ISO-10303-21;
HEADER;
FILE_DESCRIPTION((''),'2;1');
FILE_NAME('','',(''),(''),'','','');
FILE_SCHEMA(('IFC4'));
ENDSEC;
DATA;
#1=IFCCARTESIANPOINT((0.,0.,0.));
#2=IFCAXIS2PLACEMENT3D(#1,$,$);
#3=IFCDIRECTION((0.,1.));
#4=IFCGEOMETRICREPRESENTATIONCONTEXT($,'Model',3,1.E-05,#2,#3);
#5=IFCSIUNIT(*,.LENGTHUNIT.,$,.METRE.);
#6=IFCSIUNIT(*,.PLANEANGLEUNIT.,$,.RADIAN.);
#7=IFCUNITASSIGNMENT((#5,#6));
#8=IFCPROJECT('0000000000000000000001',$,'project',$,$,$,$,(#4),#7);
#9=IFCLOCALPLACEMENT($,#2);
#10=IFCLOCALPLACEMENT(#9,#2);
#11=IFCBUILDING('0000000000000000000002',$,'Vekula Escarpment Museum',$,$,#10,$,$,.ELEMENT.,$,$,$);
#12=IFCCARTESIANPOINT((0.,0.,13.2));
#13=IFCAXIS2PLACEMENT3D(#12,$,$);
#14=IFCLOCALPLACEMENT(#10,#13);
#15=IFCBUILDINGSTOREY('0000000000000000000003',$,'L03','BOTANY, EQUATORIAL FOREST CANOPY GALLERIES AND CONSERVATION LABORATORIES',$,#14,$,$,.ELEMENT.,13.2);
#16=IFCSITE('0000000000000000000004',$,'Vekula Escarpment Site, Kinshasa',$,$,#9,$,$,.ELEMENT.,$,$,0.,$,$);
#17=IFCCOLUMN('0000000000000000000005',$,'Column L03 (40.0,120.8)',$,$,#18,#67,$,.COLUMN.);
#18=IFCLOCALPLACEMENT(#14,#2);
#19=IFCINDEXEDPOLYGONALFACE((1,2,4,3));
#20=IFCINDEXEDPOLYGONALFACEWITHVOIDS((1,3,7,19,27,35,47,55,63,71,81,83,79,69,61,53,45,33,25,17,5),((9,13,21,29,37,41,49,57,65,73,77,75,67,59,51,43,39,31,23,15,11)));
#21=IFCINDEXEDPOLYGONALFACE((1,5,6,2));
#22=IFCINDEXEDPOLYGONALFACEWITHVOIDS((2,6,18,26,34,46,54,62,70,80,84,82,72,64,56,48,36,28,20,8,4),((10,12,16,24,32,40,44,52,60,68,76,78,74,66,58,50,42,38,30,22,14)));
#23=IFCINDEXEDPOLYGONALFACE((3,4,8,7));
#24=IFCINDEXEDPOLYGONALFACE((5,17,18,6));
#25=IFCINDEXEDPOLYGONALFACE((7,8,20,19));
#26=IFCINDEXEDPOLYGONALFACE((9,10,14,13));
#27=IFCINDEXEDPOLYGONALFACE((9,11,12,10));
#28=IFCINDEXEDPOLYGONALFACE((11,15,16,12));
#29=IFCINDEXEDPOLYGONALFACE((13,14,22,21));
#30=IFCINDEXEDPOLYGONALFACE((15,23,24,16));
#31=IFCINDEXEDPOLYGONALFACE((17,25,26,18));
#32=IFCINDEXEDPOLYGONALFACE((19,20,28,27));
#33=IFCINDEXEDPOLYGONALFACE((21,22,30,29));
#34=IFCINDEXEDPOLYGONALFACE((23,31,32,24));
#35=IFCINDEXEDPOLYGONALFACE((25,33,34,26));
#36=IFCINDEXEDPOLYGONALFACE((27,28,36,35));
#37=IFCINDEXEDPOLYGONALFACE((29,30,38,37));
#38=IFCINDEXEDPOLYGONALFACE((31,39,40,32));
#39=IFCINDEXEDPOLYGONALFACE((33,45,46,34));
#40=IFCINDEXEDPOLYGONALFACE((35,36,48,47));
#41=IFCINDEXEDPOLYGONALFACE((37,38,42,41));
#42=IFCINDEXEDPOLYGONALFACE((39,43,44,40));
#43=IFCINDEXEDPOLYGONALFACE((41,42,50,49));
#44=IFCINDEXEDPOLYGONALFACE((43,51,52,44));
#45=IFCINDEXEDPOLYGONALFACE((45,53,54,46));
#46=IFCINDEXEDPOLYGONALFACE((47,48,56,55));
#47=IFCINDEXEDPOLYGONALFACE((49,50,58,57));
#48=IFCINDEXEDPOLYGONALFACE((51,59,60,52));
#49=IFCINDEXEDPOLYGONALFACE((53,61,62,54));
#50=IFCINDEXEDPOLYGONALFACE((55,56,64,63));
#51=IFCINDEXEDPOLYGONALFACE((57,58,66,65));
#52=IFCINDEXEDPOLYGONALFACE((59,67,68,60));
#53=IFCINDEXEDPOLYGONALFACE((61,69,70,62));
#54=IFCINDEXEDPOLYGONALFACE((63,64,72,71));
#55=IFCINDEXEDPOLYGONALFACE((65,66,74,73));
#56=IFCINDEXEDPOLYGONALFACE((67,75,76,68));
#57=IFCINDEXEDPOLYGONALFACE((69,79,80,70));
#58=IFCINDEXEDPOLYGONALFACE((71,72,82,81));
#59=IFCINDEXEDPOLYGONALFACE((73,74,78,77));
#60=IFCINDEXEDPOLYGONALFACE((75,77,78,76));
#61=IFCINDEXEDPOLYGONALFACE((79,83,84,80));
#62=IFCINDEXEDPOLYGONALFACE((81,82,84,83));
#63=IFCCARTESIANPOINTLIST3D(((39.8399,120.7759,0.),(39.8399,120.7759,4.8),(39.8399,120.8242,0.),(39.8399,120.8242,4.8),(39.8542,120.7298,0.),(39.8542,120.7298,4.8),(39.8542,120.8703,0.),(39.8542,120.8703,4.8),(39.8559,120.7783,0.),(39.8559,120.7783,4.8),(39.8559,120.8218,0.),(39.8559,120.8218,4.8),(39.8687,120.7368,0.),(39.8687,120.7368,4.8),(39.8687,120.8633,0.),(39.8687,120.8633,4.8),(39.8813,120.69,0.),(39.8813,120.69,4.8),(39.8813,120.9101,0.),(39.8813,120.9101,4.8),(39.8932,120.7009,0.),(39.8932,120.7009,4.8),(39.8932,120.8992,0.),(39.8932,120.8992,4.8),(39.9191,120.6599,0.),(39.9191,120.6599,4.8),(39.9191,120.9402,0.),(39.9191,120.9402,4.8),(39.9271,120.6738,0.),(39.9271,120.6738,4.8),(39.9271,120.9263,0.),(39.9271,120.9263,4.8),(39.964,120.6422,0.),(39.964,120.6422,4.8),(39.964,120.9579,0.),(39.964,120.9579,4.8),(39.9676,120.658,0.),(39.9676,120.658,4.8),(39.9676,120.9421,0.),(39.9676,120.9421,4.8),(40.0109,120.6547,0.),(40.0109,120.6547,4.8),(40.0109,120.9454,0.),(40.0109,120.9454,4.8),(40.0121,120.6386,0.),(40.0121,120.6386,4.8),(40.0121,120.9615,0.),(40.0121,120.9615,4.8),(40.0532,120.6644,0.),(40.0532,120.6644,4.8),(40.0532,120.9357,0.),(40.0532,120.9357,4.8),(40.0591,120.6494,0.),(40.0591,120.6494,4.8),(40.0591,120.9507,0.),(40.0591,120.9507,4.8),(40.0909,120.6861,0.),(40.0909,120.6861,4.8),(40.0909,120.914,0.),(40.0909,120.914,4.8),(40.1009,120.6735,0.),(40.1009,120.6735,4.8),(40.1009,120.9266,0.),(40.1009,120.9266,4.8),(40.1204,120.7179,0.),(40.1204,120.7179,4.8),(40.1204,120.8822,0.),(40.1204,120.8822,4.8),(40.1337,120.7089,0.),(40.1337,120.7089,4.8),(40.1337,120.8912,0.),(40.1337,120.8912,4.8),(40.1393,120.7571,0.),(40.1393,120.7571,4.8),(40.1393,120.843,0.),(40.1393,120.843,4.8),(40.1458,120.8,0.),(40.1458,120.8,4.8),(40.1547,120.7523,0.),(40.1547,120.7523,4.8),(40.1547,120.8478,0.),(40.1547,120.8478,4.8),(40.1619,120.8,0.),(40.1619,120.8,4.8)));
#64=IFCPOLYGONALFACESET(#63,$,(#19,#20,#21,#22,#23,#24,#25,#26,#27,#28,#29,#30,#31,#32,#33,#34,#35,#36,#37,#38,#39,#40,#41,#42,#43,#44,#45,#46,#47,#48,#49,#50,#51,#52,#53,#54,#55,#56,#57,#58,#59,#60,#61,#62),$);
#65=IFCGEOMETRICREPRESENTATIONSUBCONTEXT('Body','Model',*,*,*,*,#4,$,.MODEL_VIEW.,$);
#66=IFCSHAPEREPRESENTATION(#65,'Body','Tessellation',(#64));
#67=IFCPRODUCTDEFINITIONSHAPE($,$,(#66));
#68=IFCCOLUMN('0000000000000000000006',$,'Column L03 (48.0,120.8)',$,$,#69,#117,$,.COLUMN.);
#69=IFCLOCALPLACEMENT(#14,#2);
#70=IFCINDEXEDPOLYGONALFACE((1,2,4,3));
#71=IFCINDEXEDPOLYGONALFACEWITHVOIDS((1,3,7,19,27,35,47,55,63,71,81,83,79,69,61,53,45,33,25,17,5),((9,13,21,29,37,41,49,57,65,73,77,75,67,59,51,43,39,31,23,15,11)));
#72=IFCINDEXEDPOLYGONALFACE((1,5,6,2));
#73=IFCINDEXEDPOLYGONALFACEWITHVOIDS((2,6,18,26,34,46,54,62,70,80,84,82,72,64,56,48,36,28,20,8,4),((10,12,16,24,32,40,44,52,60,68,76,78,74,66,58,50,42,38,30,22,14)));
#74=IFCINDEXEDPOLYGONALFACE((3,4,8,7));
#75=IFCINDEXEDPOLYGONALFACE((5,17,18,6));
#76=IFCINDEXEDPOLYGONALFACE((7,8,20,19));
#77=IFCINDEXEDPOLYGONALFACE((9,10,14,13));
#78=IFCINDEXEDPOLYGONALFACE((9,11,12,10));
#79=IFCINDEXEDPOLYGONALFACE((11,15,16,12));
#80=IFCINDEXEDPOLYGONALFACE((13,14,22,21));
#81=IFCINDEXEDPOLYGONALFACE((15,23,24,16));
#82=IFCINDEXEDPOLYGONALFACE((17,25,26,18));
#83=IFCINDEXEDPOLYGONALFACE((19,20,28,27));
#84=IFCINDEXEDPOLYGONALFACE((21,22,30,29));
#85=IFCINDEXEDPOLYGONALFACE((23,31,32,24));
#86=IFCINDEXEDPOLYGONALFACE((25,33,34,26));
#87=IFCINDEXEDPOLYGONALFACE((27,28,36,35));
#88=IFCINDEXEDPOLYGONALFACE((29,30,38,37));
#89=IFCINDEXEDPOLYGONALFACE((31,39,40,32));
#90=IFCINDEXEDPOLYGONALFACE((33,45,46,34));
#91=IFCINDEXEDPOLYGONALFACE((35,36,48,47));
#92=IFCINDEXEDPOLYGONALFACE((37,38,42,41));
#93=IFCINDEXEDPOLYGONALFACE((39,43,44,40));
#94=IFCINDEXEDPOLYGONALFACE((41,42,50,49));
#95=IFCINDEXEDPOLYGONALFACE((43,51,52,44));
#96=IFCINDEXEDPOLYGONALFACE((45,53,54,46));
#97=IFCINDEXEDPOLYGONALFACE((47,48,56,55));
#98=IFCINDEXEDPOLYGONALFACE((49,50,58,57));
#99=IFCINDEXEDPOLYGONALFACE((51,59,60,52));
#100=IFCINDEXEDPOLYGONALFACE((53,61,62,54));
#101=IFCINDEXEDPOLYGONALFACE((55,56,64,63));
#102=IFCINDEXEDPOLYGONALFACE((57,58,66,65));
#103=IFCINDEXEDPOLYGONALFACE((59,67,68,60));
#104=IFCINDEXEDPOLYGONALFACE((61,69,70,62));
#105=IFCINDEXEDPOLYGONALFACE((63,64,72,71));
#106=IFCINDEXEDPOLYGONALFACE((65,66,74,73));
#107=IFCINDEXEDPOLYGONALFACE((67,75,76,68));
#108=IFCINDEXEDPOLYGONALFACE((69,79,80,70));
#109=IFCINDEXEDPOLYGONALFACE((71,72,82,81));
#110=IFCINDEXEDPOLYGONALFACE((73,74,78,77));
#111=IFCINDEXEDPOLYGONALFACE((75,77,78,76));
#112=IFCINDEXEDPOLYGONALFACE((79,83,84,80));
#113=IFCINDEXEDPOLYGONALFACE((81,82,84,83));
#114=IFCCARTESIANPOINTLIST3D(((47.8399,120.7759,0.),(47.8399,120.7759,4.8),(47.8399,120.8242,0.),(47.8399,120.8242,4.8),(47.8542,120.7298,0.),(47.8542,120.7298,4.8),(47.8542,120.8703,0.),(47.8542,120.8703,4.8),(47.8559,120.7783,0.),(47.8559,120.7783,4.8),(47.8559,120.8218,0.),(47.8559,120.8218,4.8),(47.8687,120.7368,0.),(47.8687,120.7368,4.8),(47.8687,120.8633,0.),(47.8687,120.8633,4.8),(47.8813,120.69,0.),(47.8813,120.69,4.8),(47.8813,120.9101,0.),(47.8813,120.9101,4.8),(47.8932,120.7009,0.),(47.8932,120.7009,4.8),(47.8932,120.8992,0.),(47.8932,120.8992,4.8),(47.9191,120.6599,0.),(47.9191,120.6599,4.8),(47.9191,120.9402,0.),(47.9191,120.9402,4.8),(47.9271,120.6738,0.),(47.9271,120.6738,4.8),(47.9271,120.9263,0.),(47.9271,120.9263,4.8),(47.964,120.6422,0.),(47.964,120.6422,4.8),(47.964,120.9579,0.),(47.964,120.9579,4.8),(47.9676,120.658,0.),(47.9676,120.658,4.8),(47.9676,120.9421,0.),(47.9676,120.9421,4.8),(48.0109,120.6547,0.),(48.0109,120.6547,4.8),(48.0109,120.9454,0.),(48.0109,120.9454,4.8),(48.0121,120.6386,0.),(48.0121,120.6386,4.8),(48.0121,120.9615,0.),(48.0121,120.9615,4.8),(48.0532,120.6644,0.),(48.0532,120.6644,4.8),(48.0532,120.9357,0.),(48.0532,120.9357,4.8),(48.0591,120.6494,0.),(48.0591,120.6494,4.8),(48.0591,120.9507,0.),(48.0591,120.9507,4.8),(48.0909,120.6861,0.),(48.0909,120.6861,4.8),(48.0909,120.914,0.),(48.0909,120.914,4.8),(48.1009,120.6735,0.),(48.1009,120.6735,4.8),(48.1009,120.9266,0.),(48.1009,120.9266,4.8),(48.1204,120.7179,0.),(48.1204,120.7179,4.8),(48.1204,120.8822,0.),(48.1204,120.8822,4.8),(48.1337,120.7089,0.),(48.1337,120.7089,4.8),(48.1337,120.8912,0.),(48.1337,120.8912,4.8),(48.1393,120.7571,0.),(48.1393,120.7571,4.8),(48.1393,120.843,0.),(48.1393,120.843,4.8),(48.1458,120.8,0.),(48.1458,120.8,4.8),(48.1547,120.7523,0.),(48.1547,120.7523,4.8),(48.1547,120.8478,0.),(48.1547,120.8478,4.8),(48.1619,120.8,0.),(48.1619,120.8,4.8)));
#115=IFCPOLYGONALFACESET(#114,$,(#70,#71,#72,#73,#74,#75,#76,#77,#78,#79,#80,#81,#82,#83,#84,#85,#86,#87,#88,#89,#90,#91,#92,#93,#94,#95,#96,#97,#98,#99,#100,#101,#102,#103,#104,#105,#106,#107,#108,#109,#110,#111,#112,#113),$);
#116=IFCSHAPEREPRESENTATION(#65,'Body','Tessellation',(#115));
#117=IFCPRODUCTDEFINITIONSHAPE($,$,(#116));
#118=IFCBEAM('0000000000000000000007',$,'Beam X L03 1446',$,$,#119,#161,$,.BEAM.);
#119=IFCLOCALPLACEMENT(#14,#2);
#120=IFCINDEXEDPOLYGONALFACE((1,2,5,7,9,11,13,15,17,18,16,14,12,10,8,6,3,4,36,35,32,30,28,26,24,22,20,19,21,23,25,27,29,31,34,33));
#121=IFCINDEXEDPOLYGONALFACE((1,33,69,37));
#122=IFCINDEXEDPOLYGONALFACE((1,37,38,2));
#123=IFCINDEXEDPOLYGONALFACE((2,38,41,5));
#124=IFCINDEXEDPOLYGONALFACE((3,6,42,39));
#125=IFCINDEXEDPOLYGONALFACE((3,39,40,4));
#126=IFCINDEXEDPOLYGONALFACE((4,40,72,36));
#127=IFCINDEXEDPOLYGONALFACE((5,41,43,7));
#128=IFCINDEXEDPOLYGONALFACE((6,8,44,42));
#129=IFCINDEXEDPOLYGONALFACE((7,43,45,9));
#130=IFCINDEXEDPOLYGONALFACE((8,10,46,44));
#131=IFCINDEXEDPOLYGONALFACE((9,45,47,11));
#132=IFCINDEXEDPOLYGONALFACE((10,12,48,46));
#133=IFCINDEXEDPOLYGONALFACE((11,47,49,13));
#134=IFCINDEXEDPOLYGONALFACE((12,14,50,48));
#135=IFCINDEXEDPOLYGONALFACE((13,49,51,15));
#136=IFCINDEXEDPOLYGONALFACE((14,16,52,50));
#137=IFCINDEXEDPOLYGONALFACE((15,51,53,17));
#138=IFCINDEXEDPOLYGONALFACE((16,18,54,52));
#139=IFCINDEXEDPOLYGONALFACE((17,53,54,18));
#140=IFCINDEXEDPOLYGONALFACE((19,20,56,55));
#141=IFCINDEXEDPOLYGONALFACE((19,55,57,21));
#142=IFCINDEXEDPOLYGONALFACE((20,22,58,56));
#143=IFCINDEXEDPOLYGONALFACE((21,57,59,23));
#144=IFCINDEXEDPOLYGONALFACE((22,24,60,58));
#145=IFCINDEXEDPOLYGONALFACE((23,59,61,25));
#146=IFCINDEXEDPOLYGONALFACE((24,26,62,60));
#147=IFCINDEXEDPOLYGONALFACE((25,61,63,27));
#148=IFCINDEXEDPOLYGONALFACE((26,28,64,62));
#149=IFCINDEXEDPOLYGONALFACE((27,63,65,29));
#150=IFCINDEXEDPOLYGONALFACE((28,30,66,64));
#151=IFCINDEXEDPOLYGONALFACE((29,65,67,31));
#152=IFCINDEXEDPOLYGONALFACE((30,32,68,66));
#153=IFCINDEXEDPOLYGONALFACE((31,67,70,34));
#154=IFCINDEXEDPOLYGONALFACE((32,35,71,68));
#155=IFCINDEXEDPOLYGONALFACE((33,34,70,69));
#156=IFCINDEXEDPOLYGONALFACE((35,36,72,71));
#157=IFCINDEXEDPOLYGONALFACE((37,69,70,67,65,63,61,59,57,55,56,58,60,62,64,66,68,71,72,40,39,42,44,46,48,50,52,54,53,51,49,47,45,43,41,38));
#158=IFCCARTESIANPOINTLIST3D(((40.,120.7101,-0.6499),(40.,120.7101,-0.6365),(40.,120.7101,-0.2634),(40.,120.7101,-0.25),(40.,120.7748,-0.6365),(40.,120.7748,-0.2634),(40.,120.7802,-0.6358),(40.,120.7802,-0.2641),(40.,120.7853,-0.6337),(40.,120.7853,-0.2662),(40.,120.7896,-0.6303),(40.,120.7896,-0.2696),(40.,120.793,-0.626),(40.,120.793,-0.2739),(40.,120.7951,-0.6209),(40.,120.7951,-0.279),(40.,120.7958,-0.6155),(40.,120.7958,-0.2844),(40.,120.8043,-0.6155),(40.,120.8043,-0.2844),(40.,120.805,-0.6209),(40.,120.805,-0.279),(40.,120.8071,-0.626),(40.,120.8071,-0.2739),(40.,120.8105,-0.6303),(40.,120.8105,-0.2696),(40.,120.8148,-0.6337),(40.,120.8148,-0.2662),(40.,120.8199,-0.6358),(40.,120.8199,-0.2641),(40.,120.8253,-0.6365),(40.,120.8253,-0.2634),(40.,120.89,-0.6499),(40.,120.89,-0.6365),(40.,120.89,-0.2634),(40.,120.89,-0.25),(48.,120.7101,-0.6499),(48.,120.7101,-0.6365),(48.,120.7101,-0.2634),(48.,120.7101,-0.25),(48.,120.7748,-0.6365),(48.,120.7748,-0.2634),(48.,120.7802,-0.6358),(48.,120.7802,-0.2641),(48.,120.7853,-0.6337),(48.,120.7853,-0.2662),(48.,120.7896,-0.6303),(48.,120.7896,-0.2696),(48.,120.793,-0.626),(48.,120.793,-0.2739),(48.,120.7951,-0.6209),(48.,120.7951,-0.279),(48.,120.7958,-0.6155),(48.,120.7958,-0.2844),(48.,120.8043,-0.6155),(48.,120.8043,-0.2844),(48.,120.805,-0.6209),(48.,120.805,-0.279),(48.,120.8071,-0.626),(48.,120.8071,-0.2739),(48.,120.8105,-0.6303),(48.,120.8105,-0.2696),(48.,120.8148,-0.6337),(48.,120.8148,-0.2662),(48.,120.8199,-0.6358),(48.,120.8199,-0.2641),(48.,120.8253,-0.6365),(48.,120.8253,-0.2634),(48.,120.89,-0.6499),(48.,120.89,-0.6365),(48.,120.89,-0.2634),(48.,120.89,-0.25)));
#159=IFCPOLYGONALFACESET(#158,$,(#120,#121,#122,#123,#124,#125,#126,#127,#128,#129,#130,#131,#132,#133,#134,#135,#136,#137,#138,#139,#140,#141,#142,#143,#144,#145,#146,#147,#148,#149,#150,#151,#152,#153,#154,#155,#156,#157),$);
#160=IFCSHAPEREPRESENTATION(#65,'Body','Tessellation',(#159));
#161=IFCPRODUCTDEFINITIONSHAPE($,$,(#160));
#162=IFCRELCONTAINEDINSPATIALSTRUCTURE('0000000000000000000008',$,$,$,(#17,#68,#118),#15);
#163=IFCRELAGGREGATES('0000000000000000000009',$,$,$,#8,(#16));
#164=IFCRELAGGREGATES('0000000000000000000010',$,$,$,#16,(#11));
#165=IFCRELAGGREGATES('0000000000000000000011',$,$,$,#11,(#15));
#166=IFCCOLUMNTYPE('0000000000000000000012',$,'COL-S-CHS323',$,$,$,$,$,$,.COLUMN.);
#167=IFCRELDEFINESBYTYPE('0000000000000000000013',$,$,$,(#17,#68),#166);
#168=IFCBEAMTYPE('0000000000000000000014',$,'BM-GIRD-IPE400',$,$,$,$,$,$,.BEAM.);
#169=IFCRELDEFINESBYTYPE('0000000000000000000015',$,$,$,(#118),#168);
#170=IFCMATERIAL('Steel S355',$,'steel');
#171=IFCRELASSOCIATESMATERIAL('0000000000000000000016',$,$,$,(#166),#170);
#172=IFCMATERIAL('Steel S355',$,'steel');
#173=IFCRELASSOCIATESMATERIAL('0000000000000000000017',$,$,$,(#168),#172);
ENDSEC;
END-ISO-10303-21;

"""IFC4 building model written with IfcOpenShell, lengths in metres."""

from ifc_helpers import new_model, si_unit, direction, frame, origin, origin_2d, place, context, subcontext, project, spatial, hollow_circle, i_section, extrude, material, material_profile, profile_set, type_object, element, save


model = new_model("IFC4")

# Units and contexts
model_context = context("Model", 3, precision=1e-05, world=origin(), true_north=direction((0.0, 1.0)))
body_context = subcontext(model_context, "Body", "Model", "MODEL_VIEW")
ifc_project = project(units=[si_unit("LENGTHUNIT", "METRE"), si_unit("PLANEANGLEUNIT", "RADIAN")], contexts=[model_context])

# Site, building, storey
site_placement = place(None, origin())
site = spatial("IfcSite", under=ifc_project, at=site_placement, Name="Vekula Escarpment Site, Kinshasa", CompositionType="ELEMENT", RefElevation=0.0)
building_placement = place(site_placement, origin())
building = spatial("IfcBuilding", under=site, at=building_placement, Name="Vekula Escarpment Museum", CompositionType="ELEMENT")
storey_placement = place(building_placement, frame((0.0, 0.0, 13.2)))
storey = spatial("IfcBuildingStorey", under=building, at=storey_placement, Name="L03", Description="BOTANY, EQUATORIAL FOREST CANOPY GALLERIES AND CONSERVATION LABORATORIES", CompositionType="ELEMENT", Elevation=13.2)

# Columns
ifc_material_1 = material(Name="Steel S355", Category="steel")
ifc_material_profile_1 = material_profile(ifc_material_1, hollow_circle(Radius=0.1619, WallThickness=0.0161, at=origin_2d()), Name="CHS 323.9x16")
ifc_profile_set_1 = profile_set([ifc_material_profile_1], Name="Steel S355")
column_type = type_object("IfcColumnType", Name="COL-S-CHS323", PredefinedType="COLUMN", material=ifc_profile_set_1)
for number, where, z_axis, x_axis, name in (
    (1, (40.0, 120.8, 0.0), (0.0, 0.0, 1.0), (1.0, 0.0, 0.0), "Column L03 (40.0,120.8)"),
    (2, (48.0, 120.8, 0.0), (0.0, 0.0, 1.0), (1.0, 0.0, 0.0), "Column L03 (48.0,120.8)"),
):
    element("IfcColumn", number, at=place(storey_placement, frame(where, z_axis=z_axis, x_axis=x_axis)), inside=storey, type_object=column_type, Name=name, PredefinedType="COLUMN", context=body_context, shape_type="SweptSolid", body=[
        extrude(hollow_circle(Radius=0.1619, WallThickness=0.0161, at=origin_2d()), origin(), (0.0, 0.0, 1.0), 4.8),
    ])

# Beam
ifc_material_2 = material(Name="Steel S355", Category="steel")
ifc_material_profile_2 = material_profile(ifc_material_2, i_section(OverallWidth=0.1799, OverallDepth=0.3999, WebThickness=0.0085, FlangeThickness=0.0134, FilletRadius=0.021, at=origin_2d()), Name="IPE 400")
ifc_profile_set_2 = profile_set([ifc_material_profile_2], Name="Steel S355")
beam_type_1 = type_object("IfcBeamType", Name="BM-GIRD-IPE400", PredefinedType="BEAM", material=ifc_profile_set_2)
beam_1_placement = place(storey_placement, frame((40.0, 120.8, -0.45), z_axis=(1.0, 0.0, 0.0), x_axis=(0.0, 1.0, 0.0)))
element("IfcBeam", 3, at=beam_1_placement, inside=storey, type_object=beam_type_1, Name="Beam X L03 1446", PredefinedType="BEAM", context=body_context, shape_type="SweptSolid", body=[
    extrude(i_section(OverallWidth=0.1799, OverallDepth=0.3999, WebThickness=0.0085, FlangeThickness=0.0134, FilletRadius=0.021, at=origin_2d()), origin(), (0.0, 0.0, 1.0), 8.0),
])

save(model, "model.ifc")
